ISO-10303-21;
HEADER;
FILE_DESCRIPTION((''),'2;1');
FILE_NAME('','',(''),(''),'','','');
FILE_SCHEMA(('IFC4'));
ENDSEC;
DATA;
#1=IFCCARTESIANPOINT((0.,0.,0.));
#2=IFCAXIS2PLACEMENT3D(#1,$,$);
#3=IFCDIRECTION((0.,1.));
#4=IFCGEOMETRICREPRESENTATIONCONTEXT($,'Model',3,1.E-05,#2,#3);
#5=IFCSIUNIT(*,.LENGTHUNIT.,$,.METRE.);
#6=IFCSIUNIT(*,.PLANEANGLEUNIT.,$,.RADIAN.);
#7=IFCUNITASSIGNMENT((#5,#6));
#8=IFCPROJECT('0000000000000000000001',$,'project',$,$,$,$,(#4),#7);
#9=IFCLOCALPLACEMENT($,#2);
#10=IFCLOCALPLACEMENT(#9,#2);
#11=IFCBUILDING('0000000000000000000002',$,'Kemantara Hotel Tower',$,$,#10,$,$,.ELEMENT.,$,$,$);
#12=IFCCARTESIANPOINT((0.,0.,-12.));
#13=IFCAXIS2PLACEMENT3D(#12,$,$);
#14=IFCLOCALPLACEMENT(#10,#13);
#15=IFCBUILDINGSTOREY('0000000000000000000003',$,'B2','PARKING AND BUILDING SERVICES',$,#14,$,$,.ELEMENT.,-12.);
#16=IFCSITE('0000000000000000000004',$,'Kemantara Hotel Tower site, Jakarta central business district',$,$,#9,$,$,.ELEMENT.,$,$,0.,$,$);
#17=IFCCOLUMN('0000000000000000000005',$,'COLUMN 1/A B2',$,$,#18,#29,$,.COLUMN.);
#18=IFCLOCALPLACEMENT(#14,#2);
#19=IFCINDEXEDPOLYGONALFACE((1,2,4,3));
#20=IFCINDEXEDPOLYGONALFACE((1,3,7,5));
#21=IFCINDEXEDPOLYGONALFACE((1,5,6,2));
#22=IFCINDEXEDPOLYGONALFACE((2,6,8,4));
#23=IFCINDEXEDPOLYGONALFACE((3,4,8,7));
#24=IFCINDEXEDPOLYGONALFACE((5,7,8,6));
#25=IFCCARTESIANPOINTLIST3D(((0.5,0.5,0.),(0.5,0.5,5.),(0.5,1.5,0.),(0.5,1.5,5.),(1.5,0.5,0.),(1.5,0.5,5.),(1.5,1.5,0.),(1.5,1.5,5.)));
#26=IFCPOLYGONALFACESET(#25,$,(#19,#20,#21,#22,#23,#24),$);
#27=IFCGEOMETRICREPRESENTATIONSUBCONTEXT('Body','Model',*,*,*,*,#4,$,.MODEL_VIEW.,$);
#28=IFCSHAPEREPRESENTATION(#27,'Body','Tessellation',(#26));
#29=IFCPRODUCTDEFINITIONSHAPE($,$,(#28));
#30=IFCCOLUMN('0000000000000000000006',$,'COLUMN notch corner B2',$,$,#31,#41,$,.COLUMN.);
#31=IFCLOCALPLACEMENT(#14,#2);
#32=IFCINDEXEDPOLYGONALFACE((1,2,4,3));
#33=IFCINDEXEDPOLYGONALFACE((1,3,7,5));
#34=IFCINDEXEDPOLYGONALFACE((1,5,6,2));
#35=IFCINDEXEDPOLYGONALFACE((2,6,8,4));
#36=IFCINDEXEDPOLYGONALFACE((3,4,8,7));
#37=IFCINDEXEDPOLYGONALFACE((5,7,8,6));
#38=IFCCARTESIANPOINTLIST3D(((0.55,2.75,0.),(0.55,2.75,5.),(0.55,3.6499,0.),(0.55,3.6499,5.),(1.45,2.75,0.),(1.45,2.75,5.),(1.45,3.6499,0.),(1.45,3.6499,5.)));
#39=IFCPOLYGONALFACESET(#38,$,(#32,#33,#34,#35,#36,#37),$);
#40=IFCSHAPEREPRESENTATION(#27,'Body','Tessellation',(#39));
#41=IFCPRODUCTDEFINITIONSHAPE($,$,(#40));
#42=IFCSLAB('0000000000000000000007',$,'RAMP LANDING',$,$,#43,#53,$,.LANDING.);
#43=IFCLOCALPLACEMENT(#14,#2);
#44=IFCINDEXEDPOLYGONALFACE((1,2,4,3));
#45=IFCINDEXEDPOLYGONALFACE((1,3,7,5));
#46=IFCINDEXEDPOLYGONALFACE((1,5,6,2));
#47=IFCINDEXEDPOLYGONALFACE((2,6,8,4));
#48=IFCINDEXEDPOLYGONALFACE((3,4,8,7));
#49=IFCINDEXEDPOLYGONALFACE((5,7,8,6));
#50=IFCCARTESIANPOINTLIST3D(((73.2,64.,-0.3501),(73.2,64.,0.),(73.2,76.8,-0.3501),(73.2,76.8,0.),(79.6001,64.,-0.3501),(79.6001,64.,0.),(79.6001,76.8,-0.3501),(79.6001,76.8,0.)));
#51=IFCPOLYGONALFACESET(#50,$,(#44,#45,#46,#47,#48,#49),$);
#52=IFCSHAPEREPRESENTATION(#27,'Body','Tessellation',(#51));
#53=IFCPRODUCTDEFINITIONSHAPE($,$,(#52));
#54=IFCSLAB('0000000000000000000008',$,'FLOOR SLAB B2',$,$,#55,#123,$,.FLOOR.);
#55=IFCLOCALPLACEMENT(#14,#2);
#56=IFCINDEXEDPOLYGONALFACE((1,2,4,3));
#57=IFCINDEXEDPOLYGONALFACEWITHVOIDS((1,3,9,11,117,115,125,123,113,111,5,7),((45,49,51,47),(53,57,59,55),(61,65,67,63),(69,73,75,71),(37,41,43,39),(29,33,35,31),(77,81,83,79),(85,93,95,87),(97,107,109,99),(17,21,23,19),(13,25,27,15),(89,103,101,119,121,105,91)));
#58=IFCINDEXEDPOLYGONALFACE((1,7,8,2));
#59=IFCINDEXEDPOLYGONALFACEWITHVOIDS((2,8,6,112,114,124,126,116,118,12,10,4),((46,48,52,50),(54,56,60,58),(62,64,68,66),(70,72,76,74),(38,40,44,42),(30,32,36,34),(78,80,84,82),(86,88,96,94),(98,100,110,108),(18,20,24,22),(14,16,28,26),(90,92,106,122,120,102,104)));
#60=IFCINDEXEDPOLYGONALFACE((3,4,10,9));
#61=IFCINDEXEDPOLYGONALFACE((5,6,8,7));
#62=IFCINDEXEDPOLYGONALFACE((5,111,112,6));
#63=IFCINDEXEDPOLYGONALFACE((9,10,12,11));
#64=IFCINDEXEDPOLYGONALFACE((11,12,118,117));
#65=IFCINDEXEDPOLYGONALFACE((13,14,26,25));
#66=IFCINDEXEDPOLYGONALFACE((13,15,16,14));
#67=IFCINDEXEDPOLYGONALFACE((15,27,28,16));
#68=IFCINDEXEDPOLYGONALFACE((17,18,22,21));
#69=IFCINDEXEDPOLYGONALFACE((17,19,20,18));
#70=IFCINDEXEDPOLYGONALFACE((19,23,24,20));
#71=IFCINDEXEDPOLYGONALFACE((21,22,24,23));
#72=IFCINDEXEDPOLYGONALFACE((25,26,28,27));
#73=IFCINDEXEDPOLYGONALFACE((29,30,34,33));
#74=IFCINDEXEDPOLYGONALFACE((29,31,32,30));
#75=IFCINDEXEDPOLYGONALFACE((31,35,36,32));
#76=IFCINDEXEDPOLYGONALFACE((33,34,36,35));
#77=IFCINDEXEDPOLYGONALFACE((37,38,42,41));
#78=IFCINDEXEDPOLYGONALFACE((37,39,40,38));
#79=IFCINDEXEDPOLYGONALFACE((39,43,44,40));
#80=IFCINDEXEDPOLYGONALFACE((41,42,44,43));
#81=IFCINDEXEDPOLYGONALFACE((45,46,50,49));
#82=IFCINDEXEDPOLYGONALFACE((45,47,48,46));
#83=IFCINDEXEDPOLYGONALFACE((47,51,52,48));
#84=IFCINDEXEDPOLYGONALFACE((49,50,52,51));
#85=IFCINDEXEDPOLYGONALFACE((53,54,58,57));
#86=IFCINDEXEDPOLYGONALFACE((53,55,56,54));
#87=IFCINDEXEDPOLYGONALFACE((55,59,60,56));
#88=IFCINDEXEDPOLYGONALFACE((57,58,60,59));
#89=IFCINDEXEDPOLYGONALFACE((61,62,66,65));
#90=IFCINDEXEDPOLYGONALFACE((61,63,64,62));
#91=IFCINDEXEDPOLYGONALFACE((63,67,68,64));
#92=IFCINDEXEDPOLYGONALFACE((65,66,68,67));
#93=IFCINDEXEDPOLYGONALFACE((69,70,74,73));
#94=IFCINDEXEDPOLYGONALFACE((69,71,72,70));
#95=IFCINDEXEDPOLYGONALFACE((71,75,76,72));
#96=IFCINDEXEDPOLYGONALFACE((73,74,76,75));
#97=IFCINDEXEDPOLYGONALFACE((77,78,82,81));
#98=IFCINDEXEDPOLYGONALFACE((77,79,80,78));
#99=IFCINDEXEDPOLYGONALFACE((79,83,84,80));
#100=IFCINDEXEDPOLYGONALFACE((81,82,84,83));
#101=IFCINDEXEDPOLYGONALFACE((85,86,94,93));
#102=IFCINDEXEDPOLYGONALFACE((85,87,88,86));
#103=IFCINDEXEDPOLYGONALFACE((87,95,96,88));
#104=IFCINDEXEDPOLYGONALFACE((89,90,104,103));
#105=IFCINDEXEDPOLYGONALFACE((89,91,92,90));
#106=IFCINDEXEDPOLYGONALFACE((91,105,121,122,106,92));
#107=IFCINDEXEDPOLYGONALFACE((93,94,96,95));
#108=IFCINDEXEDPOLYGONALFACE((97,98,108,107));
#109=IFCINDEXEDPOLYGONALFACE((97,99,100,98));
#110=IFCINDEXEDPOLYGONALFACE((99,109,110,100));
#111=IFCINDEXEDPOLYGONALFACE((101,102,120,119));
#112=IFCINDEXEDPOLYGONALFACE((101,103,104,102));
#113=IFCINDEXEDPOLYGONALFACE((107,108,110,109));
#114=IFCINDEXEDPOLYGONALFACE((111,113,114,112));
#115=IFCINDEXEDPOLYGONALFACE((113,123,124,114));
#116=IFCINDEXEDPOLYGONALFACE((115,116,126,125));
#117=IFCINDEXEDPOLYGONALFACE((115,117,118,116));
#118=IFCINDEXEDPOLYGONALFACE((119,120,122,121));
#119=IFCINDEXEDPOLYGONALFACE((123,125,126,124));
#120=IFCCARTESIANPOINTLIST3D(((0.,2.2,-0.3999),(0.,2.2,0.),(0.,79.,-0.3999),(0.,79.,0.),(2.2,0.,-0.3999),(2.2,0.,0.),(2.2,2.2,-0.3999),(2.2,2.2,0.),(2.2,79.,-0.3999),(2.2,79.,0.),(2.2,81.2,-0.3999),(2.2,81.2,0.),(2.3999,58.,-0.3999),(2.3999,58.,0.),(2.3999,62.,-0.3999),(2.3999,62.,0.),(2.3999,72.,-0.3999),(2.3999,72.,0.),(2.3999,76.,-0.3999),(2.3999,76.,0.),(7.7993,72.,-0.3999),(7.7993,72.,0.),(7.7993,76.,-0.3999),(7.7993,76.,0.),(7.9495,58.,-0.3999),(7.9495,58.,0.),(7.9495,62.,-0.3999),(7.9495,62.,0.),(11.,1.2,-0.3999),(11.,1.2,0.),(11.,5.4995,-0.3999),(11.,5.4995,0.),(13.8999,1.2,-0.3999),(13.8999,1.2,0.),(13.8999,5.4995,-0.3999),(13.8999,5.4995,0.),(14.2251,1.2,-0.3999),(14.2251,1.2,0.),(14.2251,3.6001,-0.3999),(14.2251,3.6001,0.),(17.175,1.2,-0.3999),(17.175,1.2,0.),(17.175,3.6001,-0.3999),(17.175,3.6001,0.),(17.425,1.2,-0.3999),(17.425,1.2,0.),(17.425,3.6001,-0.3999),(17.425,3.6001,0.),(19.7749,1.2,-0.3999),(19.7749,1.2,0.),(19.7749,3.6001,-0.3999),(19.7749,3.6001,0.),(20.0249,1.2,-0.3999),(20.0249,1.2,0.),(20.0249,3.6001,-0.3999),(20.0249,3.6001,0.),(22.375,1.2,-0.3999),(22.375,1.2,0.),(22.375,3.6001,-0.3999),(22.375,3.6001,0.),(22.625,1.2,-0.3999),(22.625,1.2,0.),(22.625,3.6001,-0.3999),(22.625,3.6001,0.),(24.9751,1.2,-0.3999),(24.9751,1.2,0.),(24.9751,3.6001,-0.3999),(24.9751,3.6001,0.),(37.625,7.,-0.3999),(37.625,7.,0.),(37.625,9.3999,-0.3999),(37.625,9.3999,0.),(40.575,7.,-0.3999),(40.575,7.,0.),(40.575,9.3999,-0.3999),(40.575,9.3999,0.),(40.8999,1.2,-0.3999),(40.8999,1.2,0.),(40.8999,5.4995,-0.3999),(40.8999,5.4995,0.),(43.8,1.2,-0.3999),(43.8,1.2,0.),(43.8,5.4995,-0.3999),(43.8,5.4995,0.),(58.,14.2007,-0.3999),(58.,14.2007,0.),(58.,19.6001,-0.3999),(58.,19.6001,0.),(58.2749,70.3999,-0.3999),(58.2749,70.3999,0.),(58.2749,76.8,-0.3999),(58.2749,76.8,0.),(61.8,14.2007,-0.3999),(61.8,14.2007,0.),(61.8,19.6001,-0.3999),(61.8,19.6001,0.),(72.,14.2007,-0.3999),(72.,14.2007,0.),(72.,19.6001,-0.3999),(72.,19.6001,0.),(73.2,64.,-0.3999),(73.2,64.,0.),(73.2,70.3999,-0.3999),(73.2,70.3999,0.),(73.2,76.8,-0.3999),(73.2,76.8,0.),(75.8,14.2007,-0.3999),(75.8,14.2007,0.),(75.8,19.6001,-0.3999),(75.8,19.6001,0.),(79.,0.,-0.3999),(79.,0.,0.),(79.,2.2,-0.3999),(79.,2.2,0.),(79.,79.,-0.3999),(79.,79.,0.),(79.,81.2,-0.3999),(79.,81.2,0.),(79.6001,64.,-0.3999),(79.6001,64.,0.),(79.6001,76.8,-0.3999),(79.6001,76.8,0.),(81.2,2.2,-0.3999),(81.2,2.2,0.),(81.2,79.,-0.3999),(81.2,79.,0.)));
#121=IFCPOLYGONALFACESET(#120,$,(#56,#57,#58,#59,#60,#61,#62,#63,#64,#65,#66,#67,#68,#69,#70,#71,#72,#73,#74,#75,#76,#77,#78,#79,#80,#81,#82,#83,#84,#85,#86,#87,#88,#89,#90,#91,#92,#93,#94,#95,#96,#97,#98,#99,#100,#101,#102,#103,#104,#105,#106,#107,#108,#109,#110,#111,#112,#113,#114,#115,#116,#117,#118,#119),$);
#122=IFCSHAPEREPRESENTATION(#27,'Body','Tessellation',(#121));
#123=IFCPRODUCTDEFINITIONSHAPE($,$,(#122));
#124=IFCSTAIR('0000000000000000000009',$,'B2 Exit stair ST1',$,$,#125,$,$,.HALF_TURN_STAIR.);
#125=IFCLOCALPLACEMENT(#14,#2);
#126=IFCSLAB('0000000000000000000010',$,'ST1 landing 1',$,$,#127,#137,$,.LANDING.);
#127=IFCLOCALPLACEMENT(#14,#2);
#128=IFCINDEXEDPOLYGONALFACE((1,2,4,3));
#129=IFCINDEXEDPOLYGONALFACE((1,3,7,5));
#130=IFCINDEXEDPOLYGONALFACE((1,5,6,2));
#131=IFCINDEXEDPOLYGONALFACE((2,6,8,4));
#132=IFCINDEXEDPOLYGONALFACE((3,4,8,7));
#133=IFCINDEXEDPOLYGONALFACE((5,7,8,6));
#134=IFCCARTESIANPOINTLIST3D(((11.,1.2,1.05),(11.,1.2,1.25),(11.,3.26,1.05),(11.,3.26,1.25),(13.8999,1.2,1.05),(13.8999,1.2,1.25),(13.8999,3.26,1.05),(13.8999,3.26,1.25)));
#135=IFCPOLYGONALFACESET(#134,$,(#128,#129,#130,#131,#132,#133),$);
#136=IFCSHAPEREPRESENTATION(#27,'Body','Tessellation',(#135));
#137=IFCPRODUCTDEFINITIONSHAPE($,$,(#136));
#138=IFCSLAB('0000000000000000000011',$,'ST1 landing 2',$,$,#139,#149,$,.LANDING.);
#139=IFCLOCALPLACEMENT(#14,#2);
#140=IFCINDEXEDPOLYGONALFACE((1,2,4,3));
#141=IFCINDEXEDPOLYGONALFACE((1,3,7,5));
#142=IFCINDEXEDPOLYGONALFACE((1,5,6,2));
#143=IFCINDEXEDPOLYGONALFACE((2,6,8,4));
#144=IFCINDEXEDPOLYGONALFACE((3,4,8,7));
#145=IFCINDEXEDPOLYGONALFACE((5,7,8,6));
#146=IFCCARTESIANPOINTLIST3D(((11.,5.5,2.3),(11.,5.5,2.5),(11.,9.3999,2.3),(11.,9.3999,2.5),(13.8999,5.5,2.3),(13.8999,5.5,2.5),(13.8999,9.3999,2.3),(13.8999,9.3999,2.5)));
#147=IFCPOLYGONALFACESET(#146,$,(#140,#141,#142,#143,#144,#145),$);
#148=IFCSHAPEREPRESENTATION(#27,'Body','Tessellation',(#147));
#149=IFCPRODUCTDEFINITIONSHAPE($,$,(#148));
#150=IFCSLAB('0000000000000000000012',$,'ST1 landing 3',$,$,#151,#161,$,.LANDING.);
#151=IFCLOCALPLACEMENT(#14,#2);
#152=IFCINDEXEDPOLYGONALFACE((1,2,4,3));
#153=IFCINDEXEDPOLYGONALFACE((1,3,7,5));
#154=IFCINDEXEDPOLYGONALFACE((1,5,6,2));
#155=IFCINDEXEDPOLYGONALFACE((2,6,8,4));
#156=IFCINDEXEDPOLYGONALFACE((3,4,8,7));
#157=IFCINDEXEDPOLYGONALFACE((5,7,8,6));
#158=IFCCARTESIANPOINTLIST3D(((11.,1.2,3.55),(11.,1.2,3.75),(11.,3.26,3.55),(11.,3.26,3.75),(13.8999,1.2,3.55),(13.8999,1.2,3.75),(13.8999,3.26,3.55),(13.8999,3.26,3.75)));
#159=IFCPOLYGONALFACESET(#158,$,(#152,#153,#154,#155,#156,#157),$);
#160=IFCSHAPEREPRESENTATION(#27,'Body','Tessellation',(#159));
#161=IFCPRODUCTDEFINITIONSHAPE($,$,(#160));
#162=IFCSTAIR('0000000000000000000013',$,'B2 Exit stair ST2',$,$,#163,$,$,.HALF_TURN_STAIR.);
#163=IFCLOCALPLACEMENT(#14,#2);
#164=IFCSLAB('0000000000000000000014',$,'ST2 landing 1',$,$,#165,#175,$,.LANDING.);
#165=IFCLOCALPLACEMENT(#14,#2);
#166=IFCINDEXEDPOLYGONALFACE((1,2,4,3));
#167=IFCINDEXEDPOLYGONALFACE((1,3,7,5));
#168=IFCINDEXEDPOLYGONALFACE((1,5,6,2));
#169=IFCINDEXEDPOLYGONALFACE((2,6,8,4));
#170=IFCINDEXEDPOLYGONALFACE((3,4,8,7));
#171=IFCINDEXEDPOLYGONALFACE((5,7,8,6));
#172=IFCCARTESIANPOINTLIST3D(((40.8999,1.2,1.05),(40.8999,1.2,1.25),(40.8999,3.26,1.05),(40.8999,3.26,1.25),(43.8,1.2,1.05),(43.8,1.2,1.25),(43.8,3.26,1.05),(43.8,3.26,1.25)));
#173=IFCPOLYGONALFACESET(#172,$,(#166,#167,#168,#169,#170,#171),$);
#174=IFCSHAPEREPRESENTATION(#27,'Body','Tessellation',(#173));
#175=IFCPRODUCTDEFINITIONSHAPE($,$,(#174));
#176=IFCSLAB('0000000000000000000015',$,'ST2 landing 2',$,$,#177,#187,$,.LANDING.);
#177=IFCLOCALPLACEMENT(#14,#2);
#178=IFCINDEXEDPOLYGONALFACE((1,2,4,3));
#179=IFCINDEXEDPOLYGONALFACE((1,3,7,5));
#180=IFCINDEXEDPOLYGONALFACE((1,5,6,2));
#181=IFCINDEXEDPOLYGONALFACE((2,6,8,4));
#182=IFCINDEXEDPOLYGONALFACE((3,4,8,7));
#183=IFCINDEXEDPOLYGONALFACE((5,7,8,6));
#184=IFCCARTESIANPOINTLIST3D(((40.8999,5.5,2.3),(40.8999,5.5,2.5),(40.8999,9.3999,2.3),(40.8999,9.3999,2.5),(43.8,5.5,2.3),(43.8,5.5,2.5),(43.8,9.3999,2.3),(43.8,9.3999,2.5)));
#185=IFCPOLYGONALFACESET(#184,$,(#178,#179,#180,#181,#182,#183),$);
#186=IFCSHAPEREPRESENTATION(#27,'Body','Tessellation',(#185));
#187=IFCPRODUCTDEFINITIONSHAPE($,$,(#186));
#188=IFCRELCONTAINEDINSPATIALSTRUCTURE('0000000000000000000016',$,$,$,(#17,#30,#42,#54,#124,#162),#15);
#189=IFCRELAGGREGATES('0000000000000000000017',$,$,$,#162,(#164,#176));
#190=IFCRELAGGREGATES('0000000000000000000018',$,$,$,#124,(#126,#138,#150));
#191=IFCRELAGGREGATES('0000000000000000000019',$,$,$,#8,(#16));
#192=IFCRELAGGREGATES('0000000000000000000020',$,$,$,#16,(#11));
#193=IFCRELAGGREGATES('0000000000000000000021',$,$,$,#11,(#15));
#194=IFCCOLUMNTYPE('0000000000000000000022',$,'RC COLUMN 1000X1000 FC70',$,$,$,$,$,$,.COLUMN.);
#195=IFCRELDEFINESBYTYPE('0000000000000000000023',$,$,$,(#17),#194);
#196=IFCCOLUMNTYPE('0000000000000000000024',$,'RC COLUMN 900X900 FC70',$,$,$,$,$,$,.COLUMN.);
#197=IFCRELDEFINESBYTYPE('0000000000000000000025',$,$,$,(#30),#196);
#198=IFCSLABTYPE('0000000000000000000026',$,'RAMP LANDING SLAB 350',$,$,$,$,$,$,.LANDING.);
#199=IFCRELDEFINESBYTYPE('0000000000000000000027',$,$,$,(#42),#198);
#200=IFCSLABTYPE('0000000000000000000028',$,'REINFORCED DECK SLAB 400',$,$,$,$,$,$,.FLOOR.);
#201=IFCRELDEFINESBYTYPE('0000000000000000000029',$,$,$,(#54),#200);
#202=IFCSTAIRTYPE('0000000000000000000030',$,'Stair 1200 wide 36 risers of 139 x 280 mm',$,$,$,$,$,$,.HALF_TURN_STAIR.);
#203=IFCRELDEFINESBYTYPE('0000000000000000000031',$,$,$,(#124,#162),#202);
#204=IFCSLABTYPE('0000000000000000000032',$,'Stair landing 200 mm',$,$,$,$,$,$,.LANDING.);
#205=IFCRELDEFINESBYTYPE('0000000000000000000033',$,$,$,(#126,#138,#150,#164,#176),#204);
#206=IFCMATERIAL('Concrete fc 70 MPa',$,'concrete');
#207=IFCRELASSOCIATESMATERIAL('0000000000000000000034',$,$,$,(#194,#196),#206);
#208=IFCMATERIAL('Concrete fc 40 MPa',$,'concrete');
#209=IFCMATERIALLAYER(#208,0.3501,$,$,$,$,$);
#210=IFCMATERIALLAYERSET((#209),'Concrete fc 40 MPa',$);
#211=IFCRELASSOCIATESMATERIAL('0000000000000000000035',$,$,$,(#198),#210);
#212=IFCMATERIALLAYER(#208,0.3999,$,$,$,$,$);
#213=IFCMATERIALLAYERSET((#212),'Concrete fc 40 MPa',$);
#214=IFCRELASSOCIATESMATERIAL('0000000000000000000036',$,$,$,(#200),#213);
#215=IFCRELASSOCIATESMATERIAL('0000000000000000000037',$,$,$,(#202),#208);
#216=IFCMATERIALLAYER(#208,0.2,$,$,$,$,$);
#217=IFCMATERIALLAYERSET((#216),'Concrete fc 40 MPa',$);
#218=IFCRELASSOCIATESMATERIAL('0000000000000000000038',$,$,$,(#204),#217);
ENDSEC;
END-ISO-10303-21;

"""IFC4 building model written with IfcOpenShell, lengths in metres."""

from ifc_helpers import new_model, si_unit, direction, frame, origin, origin_2d, place, context, subcontext, project, spatial, polyline, rectangle, outline, extrude, material, layer, layer_set, material_profile, profile_set, type_object, element, aggregate, save


model = new_model("IFC4")

# Units and contexts
model_context = context("Model", 3, precision=1e-05, world=origin(), true_north=direction((0.0, 1.0)))
body_context = subcontext(model_context, "Body", "Model", "MODEL_VIEW")
ifc_project = project(units=[si_unit("LENGTHUNIT", "METRE"), si_unit("PLANEANGLEUNIT", "RADIAN")], contexts=[model_context])

# Site, building, storey
site_placement = place(None, origin())
site = spatial("IfcSite", under=ifc_project, at=site_placement, Name="Kemantara Hotel Tower site, Jakarta central business district", CompositionType="ELEMENT", RefElevation=0.0)
building_placement = place(site_placement, origin())
building = spatial("IfcBuilding", under=site, at=building_placement, Name="Kemantara Hotel Tower", CompositionType="ELEMENT")
storey_placement = place(building_placement, frame((0.0, 0.0, -12.0)))
storey = spatial("IfcBuildingStorey", under=building, at=storey_placement, Name="B2", Description="PARKING AND BUILDING SERVICES", CompositionType="ELEMENT", Elevation=-12.0)

# Columns
ifc_material_1 = material(Name="Concrete fc 70 MPa", Category="concrete")
ifc_material_profile_1 = material_profile(ifc_material_1, rectangle(XDim=1.0, YDim=1.0, at=origin_2d()), Name="RC 1000X1000")
ifc_profile_set_1 = profile_set([ifc_material_profile_1], Name="Concrete fc 70 MPa")
column_type_1 = type_object("IfcColumnType", Name="RC COLUMN 1000X1000 FC70", PredefinedType="COLUMN", material=ifc_profile_set_1)
column_1_placement = place(storey_placement, frame((1.0, 1.0, 0.0), z_axis=(0.0, 0.0, 1.0), x_axis=(1.0, 0.0, 0.0)))
element("IfcColumn", 1, at=column_1_placement, inside=storey, type_object=column_type_1, Name="COLUMN 1/A B2", PredefinedType="COLUMN", context=body_context, shape_type="SweptSolid", body=[
    extrude(rectangle(XDim=1.0, YDim=1.0, at=origin_2d()), origin(), (0.0, 0.0, 1.0), 5.0),
])
ifc_material_profile_2 = material_profile(ifc_material_1, rectangle(XDim=0.8999, YDim=0.8999, at=origin_2d()), Name="RC 900X900")
ifc_profile_set_2 = profile_set([ifc_material_profile_2], Name="Concrete fc 70 MPa")
column_type_2 = type_object("IfcColumnType", Name="RC COLUMN 900X900 FC70", PredefinedType="COLUMN", material=ifc_profile_set_2)
column_2_placement = place(storey_placement, frame((1.0, 3.2, 0.0), z_axis=(0.0, 0.0, 1.0), x_axis=(1.0, 0.0, 0.0)))
element("IfcColumn", 2, at=column_2_placement, inside=storey, type_object=column_type_2, Name="COLUMN notch corner B2", PredefinedType="COLUMN", context=body_context, shape_type="SweptSolid", body=[
    extrude(rectangle(XDim=0.8999, YDim=0.8999, at=origin_2d()), origin(), (0.0, 0.0, 1.0), 5.0),
])

# Slabs
ifc_material_2 = material(Name="Concrete fc 40 MPa", Category="concrete")
ifc_layer_1 = layer(ifc_material_2, 0.3501)
ifc_layer_set_1 = layer_set([ifc_layer_1], Name="Concrete fc 40 MPa")
slab_type_1 = type_object("IfcSlabType", Name="RAMP LANDING SLAB 350", PredefinedType="LANDING", material=ifc_layer_set_1)
slab_1_placement = place(storey_placement, frame((0.0, 0.0, -0.3501)))
element("IfcSlab", 3, at=slab_1_placement, inside=storey, type_object=slab_type_1, Name="RAMP LANDING", PredefinedType="LANDING", context=body_context, shape_type="SweptSolid", body=[
    extrude(outline(polyline([(73.2, 64.0), (79.6001, 64.0), (79.6001, 76.8), (73.2, 76.8), (73.2, 64.0)])), origin(), (0.0, 0.0, 1.0), 0.3501),
])
ifc_layer_2 = layer(ifc_material_2, 0.3999)
ifc_layer_set_2 = layer_set([ifc_layer_2], Name="Concrete fc 40 MPa")
slab_type_2 = type_object("IfcSlabType", Name="REINFORCED DECK SLAB 400", PredefinedType="FLOOR", material=ifc_layer_set_2)
slab_2_placement = place(storey_placement, frame((0.0, 0.0, -0.3999)))
element("IfcSlab", 4, at=slab_2_placement, inside=storey, type_object=slab_type_2, Name="FLOOR SLAB B2", PredefinedType="FLOOR", context=body_context, shape_type="SweptSolid", body=[
    extrude(outline(polyline([(81.2, 2.2), (81.2, 79.0), (79.0, 79.0), (79.0, 81.2), (2.2, 81.2), (2.2, 79.0), (0.0, 79.0), (0.0, 2.2), (2.2, 2.2), (2.2, 0.0), (79.0, 0.0), (79.0, 2.2), (81.2, 2.2)]), holes=[polyline([(17.175, 3.6001), (17.175, 1.2), (14.2251, 1.2), (14.2251, 3.6001), (17.175, 3.6001)]), polyline([(19.7749, 1.2), (17.425, 1.2), (17.425, 3.6001), (19.7749, 3.6001), (19.7749, 1.2)]), polyline([(22.375, 1.2), (20.0249, 1.2), (20.0249, 3.6001), (22.375, 3.6001), (22.375, 1.2)]), polyline([(24.9751, 3.6001), (24.9751, 1.2), (22.625, 1.2), (22.625, 3.6001), (24.9751, 3.6001)]), polyline([(11.0, 1.2), (11.0, 5.4995), (13.8999, 5.4995), (13.8999, 1.2), (11.0, 1.2)]), polyline([(2.3999, 62.0), (7.9495, 62.0), (7.9495, 58.0), (2.3999, 58.0), (2.3999, 62.0)]), polyline([(2.3999, 72.0), (2.3999, 76.0), (7.7993, 76.0), (7.7993, 72.0), (2.3999, 72.0)]), polyline([(40.8999, 1.2), (40.8999, 5.4995), (43.8, 5.4995), (43.8, 1.2), (40.8999, 1.2)]), polyline([(40.575, 7.0), (37.625, 7.0), (37.625, 9.3999), (40.575, 9.3999), (40.575, 7.0)]), polyline([(61.8, 19.6001), (61.8, 14.2007), (58.0, 14.2007), (58.0, 19.6001), (61.8, 19.6001)]), polyline([(75.8, 19.6001), (75.8, 14.2007), (72.0, 14.2007), (72.0, 19.6001), (75.8, 19.6001)]), polyline([(73.2, 64.0), (73.2, 70.3999), (58.2749, 70.3999), (58.2749, 76.8), (73.2, 76.8), (79.6001, 76.8), (79.6001, 64.0), (73.2, 64.0)])]), origin(), (0.0, 0.0, 1.0), 0.3999),
])

# Stairs, slabs
stair_type_1 = type_object("IfcStairType", Name="Stair 1200 wide 36 risers of 139 x 280 mm", PredefinedType="HALF_TURN_STAIR", material=ifc_material_2)
stair_1_placement = place(storey_placement, origin())
stair_1 = element("IfcStair", 5, at=stair_1_placement, inside=storey, type_object=stair_type_1, Name="B2 Exit stair ST1", PredefinedType="HALF_TURN_STAIR")
ifc_layer_3 = layer(ifc_material_2, 0.2)
ifc_layer_set_3 = layer_set([ifc_layer_3], Name="Concrete fc 40 MPa")
slab_type_3 = type_object("IfcSlabType", Name="Stair landing 200 mm", PredefinedType="LANDING", material=ifc_layer_set_3)
slab_3_placement = place(storey_placement, frame((0.0, 0.0, 1.05)))
slab_3 = element("IfcSlab", 6, at=slab_3_placement, type_object=slab_type_3, Name="ST1 landing 1", PredefinedType="LANDING", context=body_context, shape_type="SweptSolid", body=[
    extrude(outline(polyline([(11.0, 3.26), (11.0, 1.2), (13.8999, 1.2), (13.8999, 3.26), (11.0, 3.26)])), origin(), (0.0, 0.0, 1.0), 0.2),
])
slab_4_placement = place(storey_placement, frame((0.0, 0.0, 2.3)))
slab_4 = element("IfcSlab", 7, at=slab_4_placement, type_object=slab_type_3, Name="ST1 landing 2", PredefinedType="LANDING", context=body_context, shape_type="SweptSolid", body=[
    extrude(outline(polyline([(11.0, 9.3999), (11.0, 5.5), (13.8999, 5.5), (13.8999, 9.3999), (11.0, 9.3999)])), origin(), (0.0, 0.0, 1.0), 0.2),
])
slab_5_placement = place(storey_placement, frame((0.0, 0.0, 3.55)))
slab_5 = element("IfcSlab", 8, at=slab_5_placement, type_object=slab_type_3, Name="ST1 landing 3", PredefinedType="LANDING", context=body_context, shape_type="SweptSolid", body=[
    extrude(outline(polyline([(11.0, 3.26), (11.0, 1.2), (13.8999, 1.2), (13.8999, 3.26), (11.0, 3.26)])), origin(), (0.0, 0.0, 1.0), 0.2),
])
stair_2_placement = place(storey_placement, origin())
stair_2 = element("IfcStair", 9, at=stair_2_placement, inside=storey, type_object=stair_type_1, Name="B2 Exit stair ST2", PredefinedType="HALF_TURN_STAIR")
slab_6_placement = place(storey_placement, frame((0.0, 0.0, 1.05)))
slab_6 = element("IfcSlab", 10, at=slab_6_placement, type_object=slab_type_3, Name="ST2 landing 1", PredefinedType="LANDING", context=body_context, shape_type="SweptSolid", body=[
    extrude(outline(polyline([(40.8999, 3.26), (40.8999, 1.2), (43.8, 1.2), (43.8, 3.26), (40.8999, 3.26)])), origin(), (0.0, 0.0, 1.0), 0.2),
])
slab_7_placement = place(storey_placement, frame((0.0, 0.0, 2.3)))
slab_7 = element("IfcSlab", 11, at=slab_7_placement, type_object=slab_type_3, Name="ST2 landing 2", PredefinedType="LANDING", context=body_context, shape_type="SweptSolid", body=[
    extrude(outline(polyline([(40.8999, 9.3999), (40.8999, 5.5), (43.8, 5.5), (43.8, 9.3999), (40.8999, 9.3999)])), origin(), (0.0, 0.0, 1.0), 0.2),
])
aggregate(stair_2, [slab_6, slab_7])

aggregate(stair_1, [slab_3, slab_4, slab_5])

save(model, "model.ifc")
